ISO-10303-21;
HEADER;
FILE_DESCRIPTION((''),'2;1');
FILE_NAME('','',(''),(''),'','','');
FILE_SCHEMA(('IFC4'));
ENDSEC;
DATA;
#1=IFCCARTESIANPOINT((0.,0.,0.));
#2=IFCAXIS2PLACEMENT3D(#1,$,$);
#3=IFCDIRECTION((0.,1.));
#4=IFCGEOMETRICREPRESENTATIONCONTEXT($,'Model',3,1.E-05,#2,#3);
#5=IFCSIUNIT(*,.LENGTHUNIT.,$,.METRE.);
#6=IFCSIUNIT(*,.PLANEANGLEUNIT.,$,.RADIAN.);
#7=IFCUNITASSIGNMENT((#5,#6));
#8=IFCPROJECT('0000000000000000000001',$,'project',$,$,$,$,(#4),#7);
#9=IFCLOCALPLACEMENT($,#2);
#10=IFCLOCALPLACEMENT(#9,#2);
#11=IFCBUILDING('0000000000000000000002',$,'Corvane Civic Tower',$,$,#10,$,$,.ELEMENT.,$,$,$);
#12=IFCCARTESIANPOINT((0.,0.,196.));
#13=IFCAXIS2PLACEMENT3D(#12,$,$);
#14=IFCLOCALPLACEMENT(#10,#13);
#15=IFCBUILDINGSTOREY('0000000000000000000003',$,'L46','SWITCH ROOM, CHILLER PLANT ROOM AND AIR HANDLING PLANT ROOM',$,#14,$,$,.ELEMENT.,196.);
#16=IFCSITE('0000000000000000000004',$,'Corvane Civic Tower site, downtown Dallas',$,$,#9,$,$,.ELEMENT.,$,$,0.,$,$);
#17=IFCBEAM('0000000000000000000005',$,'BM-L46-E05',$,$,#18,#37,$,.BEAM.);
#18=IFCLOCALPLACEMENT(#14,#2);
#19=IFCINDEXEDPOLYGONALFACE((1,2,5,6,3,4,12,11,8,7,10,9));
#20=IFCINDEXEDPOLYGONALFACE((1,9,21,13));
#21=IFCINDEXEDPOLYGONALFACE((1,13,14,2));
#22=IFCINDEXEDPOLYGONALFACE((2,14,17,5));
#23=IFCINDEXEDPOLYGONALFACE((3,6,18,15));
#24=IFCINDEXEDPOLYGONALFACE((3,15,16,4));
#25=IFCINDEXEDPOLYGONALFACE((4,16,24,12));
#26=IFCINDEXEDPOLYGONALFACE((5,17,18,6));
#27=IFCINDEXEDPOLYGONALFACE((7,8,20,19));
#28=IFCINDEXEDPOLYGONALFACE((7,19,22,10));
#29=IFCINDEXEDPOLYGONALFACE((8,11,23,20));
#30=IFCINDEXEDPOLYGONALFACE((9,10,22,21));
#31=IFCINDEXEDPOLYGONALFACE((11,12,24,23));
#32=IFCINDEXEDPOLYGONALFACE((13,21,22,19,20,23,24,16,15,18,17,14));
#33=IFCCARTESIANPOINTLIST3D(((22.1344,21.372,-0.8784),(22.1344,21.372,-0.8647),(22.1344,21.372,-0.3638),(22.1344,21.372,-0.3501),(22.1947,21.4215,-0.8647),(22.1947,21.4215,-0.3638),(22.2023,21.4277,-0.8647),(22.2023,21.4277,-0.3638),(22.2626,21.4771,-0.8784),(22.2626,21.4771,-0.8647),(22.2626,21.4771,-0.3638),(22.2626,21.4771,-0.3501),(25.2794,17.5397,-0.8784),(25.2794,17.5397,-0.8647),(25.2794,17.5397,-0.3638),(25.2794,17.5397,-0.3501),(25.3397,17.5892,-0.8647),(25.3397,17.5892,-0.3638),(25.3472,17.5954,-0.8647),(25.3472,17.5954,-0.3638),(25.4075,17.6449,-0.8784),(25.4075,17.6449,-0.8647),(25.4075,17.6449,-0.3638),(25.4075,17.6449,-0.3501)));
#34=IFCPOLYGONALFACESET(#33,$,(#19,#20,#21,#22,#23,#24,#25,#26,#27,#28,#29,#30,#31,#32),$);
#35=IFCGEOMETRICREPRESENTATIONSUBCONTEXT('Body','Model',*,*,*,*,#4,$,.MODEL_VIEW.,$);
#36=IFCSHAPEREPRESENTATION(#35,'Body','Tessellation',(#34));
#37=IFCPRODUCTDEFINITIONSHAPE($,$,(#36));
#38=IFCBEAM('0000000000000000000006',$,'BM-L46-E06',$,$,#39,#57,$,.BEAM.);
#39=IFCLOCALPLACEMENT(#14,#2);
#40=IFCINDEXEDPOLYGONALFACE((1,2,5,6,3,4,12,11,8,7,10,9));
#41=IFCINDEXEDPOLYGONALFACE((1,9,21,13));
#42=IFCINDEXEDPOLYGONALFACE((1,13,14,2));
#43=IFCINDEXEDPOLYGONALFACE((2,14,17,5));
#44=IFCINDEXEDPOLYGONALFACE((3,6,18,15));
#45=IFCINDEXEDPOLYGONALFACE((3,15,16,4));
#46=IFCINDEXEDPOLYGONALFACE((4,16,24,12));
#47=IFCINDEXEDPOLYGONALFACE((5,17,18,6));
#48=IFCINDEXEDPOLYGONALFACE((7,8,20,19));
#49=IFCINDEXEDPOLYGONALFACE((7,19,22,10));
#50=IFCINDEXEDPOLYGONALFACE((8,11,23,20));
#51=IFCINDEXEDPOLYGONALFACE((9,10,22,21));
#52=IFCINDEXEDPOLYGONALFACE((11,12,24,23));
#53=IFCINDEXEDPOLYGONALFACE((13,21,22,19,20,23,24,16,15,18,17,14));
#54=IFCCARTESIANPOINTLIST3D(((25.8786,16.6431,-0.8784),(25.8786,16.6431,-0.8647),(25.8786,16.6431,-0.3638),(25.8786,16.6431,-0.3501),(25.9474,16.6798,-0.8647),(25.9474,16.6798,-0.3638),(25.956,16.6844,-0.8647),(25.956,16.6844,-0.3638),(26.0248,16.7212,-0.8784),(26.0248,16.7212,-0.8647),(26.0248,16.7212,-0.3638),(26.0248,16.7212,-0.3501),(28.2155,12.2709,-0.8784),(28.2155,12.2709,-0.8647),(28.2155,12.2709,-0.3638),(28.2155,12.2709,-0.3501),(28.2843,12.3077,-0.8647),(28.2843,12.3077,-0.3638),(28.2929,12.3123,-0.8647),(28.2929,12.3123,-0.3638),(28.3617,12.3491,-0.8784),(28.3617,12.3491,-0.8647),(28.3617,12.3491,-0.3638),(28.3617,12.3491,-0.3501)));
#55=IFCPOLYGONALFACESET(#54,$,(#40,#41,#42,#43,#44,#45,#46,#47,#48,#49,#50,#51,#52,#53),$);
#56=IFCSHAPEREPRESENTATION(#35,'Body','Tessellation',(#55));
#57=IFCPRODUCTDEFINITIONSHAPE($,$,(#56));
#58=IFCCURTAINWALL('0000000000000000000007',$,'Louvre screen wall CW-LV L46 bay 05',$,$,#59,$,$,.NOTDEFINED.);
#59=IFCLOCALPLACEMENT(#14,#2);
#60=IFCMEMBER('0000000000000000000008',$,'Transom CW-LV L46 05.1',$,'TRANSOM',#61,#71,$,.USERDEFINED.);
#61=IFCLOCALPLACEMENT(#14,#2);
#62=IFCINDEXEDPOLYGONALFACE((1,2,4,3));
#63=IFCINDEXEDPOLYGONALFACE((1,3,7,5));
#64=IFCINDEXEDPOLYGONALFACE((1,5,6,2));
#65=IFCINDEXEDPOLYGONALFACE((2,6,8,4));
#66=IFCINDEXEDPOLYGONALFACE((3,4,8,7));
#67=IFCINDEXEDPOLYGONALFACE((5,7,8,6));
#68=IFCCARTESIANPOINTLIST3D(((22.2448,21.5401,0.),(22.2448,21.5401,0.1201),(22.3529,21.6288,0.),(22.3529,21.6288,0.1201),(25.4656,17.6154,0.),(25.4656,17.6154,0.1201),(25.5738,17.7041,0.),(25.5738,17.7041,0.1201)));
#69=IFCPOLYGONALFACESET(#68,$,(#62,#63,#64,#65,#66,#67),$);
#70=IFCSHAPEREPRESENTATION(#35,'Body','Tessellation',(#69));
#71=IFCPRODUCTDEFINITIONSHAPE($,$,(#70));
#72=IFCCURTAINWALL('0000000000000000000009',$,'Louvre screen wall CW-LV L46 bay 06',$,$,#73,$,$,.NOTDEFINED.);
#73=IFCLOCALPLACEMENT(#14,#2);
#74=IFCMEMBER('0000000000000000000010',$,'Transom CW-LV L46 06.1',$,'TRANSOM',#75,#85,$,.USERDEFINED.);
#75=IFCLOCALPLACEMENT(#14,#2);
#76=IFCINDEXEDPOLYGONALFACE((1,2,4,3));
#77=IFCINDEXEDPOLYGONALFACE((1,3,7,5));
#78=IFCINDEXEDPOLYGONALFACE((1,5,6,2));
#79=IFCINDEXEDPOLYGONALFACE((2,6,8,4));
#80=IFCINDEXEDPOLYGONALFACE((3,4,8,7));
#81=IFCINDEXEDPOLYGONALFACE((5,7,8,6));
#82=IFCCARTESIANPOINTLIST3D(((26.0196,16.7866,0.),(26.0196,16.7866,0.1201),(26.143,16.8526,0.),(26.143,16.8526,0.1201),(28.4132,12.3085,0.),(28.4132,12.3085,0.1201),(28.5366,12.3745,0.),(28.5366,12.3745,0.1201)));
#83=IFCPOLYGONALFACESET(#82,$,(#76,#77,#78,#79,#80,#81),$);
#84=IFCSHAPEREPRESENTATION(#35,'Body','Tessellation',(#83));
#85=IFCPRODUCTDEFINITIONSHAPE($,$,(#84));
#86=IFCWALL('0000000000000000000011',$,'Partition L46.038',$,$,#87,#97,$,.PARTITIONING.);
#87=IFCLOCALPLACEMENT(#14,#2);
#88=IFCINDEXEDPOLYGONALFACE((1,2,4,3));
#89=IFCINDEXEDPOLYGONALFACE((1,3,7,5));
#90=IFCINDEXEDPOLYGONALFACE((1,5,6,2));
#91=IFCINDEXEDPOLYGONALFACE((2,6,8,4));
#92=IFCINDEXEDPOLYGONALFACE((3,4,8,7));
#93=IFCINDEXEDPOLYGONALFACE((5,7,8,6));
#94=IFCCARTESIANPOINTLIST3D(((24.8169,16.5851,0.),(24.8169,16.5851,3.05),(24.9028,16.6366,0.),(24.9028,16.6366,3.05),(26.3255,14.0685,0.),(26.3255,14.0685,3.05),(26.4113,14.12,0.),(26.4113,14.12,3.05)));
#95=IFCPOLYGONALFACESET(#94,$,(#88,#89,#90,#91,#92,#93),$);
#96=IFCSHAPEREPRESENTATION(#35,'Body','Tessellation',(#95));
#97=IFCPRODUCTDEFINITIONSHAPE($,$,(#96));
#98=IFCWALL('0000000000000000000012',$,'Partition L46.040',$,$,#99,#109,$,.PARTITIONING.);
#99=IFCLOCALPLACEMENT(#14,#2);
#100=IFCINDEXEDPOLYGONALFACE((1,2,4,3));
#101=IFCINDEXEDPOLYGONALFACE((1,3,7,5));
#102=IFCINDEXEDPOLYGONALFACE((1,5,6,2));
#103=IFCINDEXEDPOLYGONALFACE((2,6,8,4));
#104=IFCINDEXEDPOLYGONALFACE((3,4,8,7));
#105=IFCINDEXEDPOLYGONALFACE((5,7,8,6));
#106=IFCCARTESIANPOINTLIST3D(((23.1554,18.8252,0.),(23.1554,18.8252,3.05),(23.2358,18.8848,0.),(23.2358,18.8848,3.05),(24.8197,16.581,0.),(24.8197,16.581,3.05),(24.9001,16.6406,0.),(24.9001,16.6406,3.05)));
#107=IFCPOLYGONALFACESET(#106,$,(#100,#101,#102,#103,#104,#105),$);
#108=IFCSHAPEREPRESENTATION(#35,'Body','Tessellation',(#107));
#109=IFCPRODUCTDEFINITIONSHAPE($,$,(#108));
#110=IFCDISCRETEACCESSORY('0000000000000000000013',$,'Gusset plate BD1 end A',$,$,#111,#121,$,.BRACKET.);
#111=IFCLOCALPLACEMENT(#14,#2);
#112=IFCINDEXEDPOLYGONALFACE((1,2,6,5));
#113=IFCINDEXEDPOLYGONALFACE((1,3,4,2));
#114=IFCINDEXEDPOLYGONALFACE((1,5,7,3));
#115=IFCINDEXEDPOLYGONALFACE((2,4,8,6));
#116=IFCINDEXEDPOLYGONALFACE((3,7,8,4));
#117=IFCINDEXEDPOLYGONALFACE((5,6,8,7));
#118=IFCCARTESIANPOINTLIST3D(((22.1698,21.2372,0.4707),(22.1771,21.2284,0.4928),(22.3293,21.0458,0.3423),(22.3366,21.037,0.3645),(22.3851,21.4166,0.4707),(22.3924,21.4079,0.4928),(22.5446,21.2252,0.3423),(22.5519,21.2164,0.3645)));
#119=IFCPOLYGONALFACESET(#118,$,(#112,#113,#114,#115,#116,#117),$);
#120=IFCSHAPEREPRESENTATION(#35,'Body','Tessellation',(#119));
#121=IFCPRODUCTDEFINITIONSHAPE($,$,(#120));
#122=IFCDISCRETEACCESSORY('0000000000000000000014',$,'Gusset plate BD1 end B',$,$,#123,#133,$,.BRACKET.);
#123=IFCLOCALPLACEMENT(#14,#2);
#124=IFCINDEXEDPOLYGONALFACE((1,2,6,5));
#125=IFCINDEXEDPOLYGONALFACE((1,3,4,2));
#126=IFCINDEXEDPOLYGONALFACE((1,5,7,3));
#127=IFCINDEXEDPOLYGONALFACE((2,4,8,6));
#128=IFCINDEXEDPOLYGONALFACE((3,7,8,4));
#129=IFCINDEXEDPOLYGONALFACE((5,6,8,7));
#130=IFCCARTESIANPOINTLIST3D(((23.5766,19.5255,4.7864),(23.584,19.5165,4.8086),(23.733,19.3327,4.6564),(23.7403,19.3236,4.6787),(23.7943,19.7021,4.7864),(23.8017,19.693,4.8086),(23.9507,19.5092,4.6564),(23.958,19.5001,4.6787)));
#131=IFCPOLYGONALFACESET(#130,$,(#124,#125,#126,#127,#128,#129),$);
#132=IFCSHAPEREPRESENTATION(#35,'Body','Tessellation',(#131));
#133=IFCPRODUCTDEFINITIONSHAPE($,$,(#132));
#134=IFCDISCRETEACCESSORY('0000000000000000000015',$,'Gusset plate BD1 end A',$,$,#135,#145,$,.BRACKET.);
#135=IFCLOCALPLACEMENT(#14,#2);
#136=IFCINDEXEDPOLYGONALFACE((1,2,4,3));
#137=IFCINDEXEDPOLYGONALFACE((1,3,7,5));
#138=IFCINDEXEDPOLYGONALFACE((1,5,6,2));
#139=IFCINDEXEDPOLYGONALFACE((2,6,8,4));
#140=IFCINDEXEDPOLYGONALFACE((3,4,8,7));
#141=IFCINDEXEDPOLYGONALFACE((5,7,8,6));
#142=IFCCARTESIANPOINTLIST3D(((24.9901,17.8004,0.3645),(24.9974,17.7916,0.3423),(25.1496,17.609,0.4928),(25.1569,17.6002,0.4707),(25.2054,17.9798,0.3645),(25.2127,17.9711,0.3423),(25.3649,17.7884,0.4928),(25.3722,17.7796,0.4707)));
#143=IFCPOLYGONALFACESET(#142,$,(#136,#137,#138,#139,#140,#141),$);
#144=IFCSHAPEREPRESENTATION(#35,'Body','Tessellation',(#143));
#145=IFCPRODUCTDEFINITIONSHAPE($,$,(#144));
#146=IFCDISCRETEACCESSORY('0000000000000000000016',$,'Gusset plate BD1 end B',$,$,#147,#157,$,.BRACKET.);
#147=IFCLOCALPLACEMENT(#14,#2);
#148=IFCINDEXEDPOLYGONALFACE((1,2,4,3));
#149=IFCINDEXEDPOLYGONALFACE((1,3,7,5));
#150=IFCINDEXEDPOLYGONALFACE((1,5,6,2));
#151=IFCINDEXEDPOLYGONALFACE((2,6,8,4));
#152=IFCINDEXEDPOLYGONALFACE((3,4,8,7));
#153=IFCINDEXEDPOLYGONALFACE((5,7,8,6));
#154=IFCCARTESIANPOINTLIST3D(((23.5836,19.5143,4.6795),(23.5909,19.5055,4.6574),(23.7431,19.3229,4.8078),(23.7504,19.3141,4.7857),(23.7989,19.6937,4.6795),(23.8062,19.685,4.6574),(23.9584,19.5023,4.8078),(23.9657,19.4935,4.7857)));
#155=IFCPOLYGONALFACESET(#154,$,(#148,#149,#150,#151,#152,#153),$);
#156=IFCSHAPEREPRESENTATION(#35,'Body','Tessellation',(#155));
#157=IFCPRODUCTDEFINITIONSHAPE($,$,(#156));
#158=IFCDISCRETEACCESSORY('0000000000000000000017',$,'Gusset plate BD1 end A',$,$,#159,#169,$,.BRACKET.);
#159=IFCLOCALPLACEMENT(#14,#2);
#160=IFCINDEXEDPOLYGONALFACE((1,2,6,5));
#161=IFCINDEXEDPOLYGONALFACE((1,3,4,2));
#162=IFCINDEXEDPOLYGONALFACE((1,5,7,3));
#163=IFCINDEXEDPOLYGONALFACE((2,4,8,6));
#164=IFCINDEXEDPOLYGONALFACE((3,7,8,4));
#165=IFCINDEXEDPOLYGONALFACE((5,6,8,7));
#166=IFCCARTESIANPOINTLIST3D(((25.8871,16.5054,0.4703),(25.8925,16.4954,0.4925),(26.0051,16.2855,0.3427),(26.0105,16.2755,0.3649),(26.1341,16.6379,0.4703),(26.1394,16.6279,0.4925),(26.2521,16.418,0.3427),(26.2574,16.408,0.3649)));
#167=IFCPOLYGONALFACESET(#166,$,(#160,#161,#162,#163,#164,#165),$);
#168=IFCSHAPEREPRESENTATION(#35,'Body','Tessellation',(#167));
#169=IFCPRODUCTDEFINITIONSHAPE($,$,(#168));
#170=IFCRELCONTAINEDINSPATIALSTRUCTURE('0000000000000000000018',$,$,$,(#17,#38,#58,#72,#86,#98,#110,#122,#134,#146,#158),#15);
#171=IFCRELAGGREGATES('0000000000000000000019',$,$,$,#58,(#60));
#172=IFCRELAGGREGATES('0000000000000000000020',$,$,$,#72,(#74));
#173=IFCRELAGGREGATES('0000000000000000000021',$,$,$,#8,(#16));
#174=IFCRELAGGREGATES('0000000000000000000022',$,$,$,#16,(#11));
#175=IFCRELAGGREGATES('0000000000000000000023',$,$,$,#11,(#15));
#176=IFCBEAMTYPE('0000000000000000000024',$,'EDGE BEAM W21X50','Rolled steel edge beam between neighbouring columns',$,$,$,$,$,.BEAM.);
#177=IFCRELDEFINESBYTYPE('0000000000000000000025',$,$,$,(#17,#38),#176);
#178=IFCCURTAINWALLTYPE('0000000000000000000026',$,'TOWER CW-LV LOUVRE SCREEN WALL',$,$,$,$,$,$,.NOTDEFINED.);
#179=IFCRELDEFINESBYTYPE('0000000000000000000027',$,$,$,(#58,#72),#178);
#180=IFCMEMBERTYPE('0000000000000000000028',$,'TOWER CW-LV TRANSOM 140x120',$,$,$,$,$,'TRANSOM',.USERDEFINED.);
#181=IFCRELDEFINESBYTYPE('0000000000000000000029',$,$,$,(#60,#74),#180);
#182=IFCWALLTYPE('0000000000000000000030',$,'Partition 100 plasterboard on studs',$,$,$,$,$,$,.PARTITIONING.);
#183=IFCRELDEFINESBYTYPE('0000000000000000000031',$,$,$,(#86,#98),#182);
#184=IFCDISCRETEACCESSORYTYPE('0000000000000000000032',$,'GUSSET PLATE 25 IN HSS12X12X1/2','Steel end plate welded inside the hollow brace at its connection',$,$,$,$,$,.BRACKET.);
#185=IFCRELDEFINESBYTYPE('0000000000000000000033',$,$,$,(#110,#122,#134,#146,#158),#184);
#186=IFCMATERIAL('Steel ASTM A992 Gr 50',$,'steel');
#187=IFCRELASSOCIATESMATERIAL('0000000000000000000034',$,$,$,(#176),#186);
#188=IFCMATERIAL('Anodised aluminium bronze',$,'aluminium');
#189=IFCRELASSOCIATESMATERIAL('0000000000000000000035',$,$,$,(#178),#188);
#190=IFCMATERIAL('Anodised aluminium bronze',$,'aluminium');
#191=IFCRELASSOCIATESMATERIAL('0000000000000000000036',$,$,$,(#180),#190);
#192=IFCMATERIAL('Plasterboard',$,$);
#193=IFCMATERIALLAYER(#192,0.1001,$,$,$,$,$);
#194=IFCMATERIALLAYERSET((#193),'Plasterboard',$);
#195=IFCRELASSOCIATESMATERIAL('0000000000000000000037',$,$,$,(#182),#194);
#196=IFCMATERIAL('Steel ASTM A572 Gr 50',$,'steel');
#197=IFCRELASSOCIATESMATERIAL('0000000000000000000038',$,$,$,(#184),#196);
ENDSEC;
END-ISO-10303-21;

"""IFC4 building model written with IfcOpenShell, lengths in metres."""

from ifc_helpers import new_model, si_unit, direction, frame, frame_2d, origin, origin_2d, place, context, subcontext, project, spatial, rectangle, i_section, extrude, material, layer, layer_set, material_profile, profile_set, type_object, element, aggregate, save


model = new_model("IFC4")

# Units and contexts
model_context = context("Model", 3, precision=1e-05, world=origin(), true_north=direction((0.0, 1.0)))
body_context = subcontext(model_context, "Body", "Model", "MODEL_VIEW")
ifc_project = project(units=[si_unit("LENGTHUNIT", "METRE"), si_unit("PLANEANGLEUNIT", "RADIAN")], contexts=[model_context])

# Site, building, storey
site_placement = place(None, origin())
site = spatial("IfcSite", under=ifc_project, at=site_placement, Name="Corvane Civic Tower site, downtown Dallas", CompositionType="ELEMENT", RefElevation=0.0)
building_placement = place(site_placement, origin())
building = spatial("IfcBuilding", under=site, at=building_placement, Name="Corvane Civic Tower", CompositionType="ELEMENT")
storey_placement = place(building_placement, frame((0.0, 0.0, 196.0)))
storey = spatial("IfcBuildingStorey", under=building, at=storey_placement, Name="L46", Description="SWITCH ROOM, CHILLER PLANT ROOM AND AIR HANDLING PLANT ROOM", CompositionType="ELEMENT", Elevation=196.0)

# Beams
ifc_material_1 = material(Name="Steel ASTM A992 Gr 50", Category="steel")
ifc_material_profile_1 = material_profile(ifc_material_1, i_section(OverallWidth=0.1658, OverallDepth=0.5283, WebThickness=0.0098, FlangeThickness=0.0137, at=origin_2d()), Name="W21X50")
ifc_profile_set_1 = profile_set([ifc_material_profile_1], Name="Steel ASTM A992 Gr 50")
beam_type = type_object("IfcBeamType", Name="EDGE BEAM W21X50", Description="Rolled steel edge beam between neighbouring columns", PredefinedType="BEAM", material=ifc_profile_set_1)
for number, where, z_axis, x_axis, name in (
    (1, (22.1985, 21.4246, -0.6143), (0.634388, -0.773015, 0.0), (0.773015, 0.634388, 0.0), "BM-L46-E05"),
    (2, (25.9517, 16.6821, -0.6143), (0.471396, -0.881922, 0.0), (0.881922, 0.471396, 0.0), "BM-L46-E06"),
):
    element("IfcBeam", number, at=place(storey_placement, frame(where, z_axis=z_axis, x_axis=x_axis)), inside=storey, type_object=beam_type, Name=name, PredefinedType="BEAM", context=body_context, shape_type="SweptSolid", body=[
        extrude(i_section(OverallWidth=0.1658, OverallDepth=0.5283, WebThickness=0.0098, FlangeThickness=0.0137, at=origin_2d()), origin(), (0.0, 0.0, 1.0), 4.9575),
    ])

# Curtain walls, members
ifc_material_2 = material(Name="Anodised aluminium bronze", Category="aluminium")
curtain_wall_type = type_object("IfcCurtainWallType", Name="TOWER CW-LV LOUVRE SCREEN WALL", PredefinedType="NOTDEFINED", material=ifc_material_2)
curtain_wall_1_placement = place(storey_placement, origin())
curtain_wall_1 = element("IfcCurtainWall", 3, at=curtain_wall_1_placement, inside=storey, type_object=curtain_wall_type, Name="Louvre screen wall CW-LV L46 bay 05", PredefinedType="NOTDEFINED")
ifc_material_3 = material(Name="Anodised aluminium bronze", Category="aluminium")
ifc_material_profile_2 = material_profile(ifc_material_3, rectangle(XDim=0.1399, YDim=0.1201, at=origin_2d()), Name="TOWER CW-LV TRANSOM 140x120")
ifc_profile_set_2 = profile_set([ifc_material_profile_2], Name="Anodised aluminium bronze")
member_type_1 = type_object("IfcMemberType", Name="TOWER CW-LV TRANSOM 140x120", ElementType="TRANSOM", PredefinedType="USERDEFINED", material=ifc_profile_set_2)
member_1_placement = place(storey_placement, frame((22.2988, 21.5845, 0.0601), z_axis=(0.634387, -0.773016, 0.0), x_axis=(0.773016, 0.634387, 0.0)))
member_1 = element("IfcMember", 4, at=member_1_placement, type_object=member_type_1, Name="Transom CW-LV L46 05.1", ObjectType="TRANSOM", PredefinedType="USERDEFINED", context=body_context, shape_type="SweptSolid", body=[
    extrude(rectangle(XDim=0.1399, YDim=0.1201, at=origin_2d()), origin(), (0.0, 0.0, 1.0), 5.0771),
])
curtain_wall_2_placement = place(storey_placement, origin())
curtain_wall_2 = element("IfcCurtainWall", 5, at=curtain_wall_2_placement, inside=storey, type_object=curtain_wall_type, Name="Louvre screen wall CW-LV L46 bay 06", PredefinedType="NOTDEFINED")
member_2_placement = place(storey_placement, frame((26.0813, 16.8196, 0.0601), z_axis=(0.471397, -0.881921, 0.0), x_axis=(0.881921, 0.471397, 0.0)))
member_2 = element("IfcMember", 6, at=member_2_placement, type_object=member_type_1, Name="Transom CW-LV L46 06.1", ObjectType="TRANSOM", PredefinedType="USERDEFINED", context=body_context, shape_type="SweptSolid", body=[
    extrude(rectangle(XDim=0.1399, YDim=0.1201, at=origin_2d()), origin(), (0.0, 0.0, 1.0), 5.0776),
])

# Walls
ifc_material_4 = material(Name="Plasterboard")
ifc_layer = layer(ifc_material_4, 0.1001)
ifc_layer_set = layer_set([ifc_layer], Name="Plasterboard")
wall_type = type_object("IfcWallType", Name="Partition 100 plasterboard on studs", PredefinedType="PARTITIONING", material=ifc_layer_set)
wall_1_placement = place(storey_placement, frame((24.8599, 16.6108, 0.0), z_axis=(0.0, 0.0, 1.0), x_axis=(0.514141, -0.857706, 0.0)))
element("IfcWall", 7, at=wall_1_placement, inside=storey, type_object=wall_type, Name="Partition L46.038", PredefinedType="PARTITIONING", context=body_context, shape_type="SweptSolid", body=[
    extrude(rectangle(XDim=2.9341, YDim=0.1001, at=frame_2d((1.467, 0.0))), origin(), (0.0, 0.0, 1.0), 3.05),
])
wall_2_placement = place(storey_placement, frame((23.1956, 18.855, 0.0), z_axis=(0.0, 0.0, 1.0), x_axis=(0.595685, -0.803218, 0.0)))
element("IfcWall", 8, at=wall_2_placement, inside=storey, type_object=wall_type, Name="Partition L46.040", PredefinedType="PARTITIONING", context=body_context, shape_type="SweptSolid", body=[
    extrude(rectangle(XDim=2.7939, YDim=0.1001, at=frame_2d((1.397, 0.0))), origin(), (0.0, 0.0, 1.0), 3.05),
])

aggregate(curtain_wall_1, [member_1])
aggregate(curtain_wall_2, [member_2])

# Discrete accessories
ifc_material_5 = material(Name="Steel ASTM A572 Gr 50", Category="steel")
ifc_material_profile_3 = material_profile(ifc_material_5, rectangle(XDim=0.2803, YDim=0.2803, at=origin_2d()), Name="GUSSET PLATE 25 IN HSS12X12X1/2")
ifc_profile_set_3 = profile_set([ifc_material_profile_3], Name="Steel ASTM A572 Gr 50")
discrete_accessory_type = type_object("IfcDiscreteAccessoryType", Name="GUSSET PLATE 25 IN HSS12X12X1/2", Description="Steel end plate welded inside the hollow brace at its connection", PredefinedType="BRACKET", material=ifc_profile_set_3)
discrete_accessory_1_placement = place(storey_placement, frame((22.3572, 21.2312, 0.4065), z_axis=(0.293091, -0.351709, 0.889043), x_axis=(0.768221, 0.640184, 0.0)))
element("IfcDiscreteAccessory", 9, at=discrete_accessory_1_placement, inside=storey, type_object=discrete_accessory_type, Name="Gusset plate BD1 end A", PredefinedType="BRACKET", context=body_context, shape_type="SweptSolid", body=[
    extrude(rectangle(XDim=0.2803, YDim=0.2803, at=origin_2d()), origin(), (0.0, 0.0, 1.0), 0.0249),
])
discrete_accessory_2_placement = place(storey_placement, frame((23.771, 19.5083, 4.7437), z_axis=(-0.292075, 0.360226, -0.885962), x_axis=(-0.776756, -0.629802, 0.0)))
element("IfcDiscreteAccessory", 10, at=discrete_accessory_2_placement, inside=storey, type_object=discrete_accessory_type, Name="Gusset plate BD1 end B", PredefinedType="BRACKET", context=body_context, shape_type="SweptSolid", body=[
    extrude(rectangle(XDim=0.2803, YDim=0.2803, at=origin_2d()), origin(), (0.0, 0.0, 1.0), 0.0251),
])
for number, where, z_axis, x_axis, name in (
    (11, (25.1848, 17.7856, 0.4065), (-0.293091, 0.351709, 0.889043), (-0.768221, -0.640184, 0.0), "Gusset plate BD1 end A"),
    (12, (23.771, 19.5083, 4.7437), (0.293091, -0.351709, -0.889043), (0.768221, 0.640184, 0.0), "Gusset plate BD1 end B"),
    (13, (26.0696, 16.4617, 0.4065), (0.215252, -0.401152, 0.890362), (0.88116, 0.472818, 0.0), "Gusset plate BD1 end A"),
):
    element("IfcDiscreteAccessory", number, at=place(storey_placement, frame(where, z_axis=z_axis, x_axis=x_axis)), inside=storey, type_object=discrete_accessory_type, Name=name, PredefinedType="BRACKET", context=body_context, shape_type="SweptSolid", body=[
        extrude(rectangle(XDim=0.2803, YDim=0.2803, at=origin_2d()), origin(), (0.0, 0.0, 1.0), 0.0249),
    ])

save(model, "model.ifc")
